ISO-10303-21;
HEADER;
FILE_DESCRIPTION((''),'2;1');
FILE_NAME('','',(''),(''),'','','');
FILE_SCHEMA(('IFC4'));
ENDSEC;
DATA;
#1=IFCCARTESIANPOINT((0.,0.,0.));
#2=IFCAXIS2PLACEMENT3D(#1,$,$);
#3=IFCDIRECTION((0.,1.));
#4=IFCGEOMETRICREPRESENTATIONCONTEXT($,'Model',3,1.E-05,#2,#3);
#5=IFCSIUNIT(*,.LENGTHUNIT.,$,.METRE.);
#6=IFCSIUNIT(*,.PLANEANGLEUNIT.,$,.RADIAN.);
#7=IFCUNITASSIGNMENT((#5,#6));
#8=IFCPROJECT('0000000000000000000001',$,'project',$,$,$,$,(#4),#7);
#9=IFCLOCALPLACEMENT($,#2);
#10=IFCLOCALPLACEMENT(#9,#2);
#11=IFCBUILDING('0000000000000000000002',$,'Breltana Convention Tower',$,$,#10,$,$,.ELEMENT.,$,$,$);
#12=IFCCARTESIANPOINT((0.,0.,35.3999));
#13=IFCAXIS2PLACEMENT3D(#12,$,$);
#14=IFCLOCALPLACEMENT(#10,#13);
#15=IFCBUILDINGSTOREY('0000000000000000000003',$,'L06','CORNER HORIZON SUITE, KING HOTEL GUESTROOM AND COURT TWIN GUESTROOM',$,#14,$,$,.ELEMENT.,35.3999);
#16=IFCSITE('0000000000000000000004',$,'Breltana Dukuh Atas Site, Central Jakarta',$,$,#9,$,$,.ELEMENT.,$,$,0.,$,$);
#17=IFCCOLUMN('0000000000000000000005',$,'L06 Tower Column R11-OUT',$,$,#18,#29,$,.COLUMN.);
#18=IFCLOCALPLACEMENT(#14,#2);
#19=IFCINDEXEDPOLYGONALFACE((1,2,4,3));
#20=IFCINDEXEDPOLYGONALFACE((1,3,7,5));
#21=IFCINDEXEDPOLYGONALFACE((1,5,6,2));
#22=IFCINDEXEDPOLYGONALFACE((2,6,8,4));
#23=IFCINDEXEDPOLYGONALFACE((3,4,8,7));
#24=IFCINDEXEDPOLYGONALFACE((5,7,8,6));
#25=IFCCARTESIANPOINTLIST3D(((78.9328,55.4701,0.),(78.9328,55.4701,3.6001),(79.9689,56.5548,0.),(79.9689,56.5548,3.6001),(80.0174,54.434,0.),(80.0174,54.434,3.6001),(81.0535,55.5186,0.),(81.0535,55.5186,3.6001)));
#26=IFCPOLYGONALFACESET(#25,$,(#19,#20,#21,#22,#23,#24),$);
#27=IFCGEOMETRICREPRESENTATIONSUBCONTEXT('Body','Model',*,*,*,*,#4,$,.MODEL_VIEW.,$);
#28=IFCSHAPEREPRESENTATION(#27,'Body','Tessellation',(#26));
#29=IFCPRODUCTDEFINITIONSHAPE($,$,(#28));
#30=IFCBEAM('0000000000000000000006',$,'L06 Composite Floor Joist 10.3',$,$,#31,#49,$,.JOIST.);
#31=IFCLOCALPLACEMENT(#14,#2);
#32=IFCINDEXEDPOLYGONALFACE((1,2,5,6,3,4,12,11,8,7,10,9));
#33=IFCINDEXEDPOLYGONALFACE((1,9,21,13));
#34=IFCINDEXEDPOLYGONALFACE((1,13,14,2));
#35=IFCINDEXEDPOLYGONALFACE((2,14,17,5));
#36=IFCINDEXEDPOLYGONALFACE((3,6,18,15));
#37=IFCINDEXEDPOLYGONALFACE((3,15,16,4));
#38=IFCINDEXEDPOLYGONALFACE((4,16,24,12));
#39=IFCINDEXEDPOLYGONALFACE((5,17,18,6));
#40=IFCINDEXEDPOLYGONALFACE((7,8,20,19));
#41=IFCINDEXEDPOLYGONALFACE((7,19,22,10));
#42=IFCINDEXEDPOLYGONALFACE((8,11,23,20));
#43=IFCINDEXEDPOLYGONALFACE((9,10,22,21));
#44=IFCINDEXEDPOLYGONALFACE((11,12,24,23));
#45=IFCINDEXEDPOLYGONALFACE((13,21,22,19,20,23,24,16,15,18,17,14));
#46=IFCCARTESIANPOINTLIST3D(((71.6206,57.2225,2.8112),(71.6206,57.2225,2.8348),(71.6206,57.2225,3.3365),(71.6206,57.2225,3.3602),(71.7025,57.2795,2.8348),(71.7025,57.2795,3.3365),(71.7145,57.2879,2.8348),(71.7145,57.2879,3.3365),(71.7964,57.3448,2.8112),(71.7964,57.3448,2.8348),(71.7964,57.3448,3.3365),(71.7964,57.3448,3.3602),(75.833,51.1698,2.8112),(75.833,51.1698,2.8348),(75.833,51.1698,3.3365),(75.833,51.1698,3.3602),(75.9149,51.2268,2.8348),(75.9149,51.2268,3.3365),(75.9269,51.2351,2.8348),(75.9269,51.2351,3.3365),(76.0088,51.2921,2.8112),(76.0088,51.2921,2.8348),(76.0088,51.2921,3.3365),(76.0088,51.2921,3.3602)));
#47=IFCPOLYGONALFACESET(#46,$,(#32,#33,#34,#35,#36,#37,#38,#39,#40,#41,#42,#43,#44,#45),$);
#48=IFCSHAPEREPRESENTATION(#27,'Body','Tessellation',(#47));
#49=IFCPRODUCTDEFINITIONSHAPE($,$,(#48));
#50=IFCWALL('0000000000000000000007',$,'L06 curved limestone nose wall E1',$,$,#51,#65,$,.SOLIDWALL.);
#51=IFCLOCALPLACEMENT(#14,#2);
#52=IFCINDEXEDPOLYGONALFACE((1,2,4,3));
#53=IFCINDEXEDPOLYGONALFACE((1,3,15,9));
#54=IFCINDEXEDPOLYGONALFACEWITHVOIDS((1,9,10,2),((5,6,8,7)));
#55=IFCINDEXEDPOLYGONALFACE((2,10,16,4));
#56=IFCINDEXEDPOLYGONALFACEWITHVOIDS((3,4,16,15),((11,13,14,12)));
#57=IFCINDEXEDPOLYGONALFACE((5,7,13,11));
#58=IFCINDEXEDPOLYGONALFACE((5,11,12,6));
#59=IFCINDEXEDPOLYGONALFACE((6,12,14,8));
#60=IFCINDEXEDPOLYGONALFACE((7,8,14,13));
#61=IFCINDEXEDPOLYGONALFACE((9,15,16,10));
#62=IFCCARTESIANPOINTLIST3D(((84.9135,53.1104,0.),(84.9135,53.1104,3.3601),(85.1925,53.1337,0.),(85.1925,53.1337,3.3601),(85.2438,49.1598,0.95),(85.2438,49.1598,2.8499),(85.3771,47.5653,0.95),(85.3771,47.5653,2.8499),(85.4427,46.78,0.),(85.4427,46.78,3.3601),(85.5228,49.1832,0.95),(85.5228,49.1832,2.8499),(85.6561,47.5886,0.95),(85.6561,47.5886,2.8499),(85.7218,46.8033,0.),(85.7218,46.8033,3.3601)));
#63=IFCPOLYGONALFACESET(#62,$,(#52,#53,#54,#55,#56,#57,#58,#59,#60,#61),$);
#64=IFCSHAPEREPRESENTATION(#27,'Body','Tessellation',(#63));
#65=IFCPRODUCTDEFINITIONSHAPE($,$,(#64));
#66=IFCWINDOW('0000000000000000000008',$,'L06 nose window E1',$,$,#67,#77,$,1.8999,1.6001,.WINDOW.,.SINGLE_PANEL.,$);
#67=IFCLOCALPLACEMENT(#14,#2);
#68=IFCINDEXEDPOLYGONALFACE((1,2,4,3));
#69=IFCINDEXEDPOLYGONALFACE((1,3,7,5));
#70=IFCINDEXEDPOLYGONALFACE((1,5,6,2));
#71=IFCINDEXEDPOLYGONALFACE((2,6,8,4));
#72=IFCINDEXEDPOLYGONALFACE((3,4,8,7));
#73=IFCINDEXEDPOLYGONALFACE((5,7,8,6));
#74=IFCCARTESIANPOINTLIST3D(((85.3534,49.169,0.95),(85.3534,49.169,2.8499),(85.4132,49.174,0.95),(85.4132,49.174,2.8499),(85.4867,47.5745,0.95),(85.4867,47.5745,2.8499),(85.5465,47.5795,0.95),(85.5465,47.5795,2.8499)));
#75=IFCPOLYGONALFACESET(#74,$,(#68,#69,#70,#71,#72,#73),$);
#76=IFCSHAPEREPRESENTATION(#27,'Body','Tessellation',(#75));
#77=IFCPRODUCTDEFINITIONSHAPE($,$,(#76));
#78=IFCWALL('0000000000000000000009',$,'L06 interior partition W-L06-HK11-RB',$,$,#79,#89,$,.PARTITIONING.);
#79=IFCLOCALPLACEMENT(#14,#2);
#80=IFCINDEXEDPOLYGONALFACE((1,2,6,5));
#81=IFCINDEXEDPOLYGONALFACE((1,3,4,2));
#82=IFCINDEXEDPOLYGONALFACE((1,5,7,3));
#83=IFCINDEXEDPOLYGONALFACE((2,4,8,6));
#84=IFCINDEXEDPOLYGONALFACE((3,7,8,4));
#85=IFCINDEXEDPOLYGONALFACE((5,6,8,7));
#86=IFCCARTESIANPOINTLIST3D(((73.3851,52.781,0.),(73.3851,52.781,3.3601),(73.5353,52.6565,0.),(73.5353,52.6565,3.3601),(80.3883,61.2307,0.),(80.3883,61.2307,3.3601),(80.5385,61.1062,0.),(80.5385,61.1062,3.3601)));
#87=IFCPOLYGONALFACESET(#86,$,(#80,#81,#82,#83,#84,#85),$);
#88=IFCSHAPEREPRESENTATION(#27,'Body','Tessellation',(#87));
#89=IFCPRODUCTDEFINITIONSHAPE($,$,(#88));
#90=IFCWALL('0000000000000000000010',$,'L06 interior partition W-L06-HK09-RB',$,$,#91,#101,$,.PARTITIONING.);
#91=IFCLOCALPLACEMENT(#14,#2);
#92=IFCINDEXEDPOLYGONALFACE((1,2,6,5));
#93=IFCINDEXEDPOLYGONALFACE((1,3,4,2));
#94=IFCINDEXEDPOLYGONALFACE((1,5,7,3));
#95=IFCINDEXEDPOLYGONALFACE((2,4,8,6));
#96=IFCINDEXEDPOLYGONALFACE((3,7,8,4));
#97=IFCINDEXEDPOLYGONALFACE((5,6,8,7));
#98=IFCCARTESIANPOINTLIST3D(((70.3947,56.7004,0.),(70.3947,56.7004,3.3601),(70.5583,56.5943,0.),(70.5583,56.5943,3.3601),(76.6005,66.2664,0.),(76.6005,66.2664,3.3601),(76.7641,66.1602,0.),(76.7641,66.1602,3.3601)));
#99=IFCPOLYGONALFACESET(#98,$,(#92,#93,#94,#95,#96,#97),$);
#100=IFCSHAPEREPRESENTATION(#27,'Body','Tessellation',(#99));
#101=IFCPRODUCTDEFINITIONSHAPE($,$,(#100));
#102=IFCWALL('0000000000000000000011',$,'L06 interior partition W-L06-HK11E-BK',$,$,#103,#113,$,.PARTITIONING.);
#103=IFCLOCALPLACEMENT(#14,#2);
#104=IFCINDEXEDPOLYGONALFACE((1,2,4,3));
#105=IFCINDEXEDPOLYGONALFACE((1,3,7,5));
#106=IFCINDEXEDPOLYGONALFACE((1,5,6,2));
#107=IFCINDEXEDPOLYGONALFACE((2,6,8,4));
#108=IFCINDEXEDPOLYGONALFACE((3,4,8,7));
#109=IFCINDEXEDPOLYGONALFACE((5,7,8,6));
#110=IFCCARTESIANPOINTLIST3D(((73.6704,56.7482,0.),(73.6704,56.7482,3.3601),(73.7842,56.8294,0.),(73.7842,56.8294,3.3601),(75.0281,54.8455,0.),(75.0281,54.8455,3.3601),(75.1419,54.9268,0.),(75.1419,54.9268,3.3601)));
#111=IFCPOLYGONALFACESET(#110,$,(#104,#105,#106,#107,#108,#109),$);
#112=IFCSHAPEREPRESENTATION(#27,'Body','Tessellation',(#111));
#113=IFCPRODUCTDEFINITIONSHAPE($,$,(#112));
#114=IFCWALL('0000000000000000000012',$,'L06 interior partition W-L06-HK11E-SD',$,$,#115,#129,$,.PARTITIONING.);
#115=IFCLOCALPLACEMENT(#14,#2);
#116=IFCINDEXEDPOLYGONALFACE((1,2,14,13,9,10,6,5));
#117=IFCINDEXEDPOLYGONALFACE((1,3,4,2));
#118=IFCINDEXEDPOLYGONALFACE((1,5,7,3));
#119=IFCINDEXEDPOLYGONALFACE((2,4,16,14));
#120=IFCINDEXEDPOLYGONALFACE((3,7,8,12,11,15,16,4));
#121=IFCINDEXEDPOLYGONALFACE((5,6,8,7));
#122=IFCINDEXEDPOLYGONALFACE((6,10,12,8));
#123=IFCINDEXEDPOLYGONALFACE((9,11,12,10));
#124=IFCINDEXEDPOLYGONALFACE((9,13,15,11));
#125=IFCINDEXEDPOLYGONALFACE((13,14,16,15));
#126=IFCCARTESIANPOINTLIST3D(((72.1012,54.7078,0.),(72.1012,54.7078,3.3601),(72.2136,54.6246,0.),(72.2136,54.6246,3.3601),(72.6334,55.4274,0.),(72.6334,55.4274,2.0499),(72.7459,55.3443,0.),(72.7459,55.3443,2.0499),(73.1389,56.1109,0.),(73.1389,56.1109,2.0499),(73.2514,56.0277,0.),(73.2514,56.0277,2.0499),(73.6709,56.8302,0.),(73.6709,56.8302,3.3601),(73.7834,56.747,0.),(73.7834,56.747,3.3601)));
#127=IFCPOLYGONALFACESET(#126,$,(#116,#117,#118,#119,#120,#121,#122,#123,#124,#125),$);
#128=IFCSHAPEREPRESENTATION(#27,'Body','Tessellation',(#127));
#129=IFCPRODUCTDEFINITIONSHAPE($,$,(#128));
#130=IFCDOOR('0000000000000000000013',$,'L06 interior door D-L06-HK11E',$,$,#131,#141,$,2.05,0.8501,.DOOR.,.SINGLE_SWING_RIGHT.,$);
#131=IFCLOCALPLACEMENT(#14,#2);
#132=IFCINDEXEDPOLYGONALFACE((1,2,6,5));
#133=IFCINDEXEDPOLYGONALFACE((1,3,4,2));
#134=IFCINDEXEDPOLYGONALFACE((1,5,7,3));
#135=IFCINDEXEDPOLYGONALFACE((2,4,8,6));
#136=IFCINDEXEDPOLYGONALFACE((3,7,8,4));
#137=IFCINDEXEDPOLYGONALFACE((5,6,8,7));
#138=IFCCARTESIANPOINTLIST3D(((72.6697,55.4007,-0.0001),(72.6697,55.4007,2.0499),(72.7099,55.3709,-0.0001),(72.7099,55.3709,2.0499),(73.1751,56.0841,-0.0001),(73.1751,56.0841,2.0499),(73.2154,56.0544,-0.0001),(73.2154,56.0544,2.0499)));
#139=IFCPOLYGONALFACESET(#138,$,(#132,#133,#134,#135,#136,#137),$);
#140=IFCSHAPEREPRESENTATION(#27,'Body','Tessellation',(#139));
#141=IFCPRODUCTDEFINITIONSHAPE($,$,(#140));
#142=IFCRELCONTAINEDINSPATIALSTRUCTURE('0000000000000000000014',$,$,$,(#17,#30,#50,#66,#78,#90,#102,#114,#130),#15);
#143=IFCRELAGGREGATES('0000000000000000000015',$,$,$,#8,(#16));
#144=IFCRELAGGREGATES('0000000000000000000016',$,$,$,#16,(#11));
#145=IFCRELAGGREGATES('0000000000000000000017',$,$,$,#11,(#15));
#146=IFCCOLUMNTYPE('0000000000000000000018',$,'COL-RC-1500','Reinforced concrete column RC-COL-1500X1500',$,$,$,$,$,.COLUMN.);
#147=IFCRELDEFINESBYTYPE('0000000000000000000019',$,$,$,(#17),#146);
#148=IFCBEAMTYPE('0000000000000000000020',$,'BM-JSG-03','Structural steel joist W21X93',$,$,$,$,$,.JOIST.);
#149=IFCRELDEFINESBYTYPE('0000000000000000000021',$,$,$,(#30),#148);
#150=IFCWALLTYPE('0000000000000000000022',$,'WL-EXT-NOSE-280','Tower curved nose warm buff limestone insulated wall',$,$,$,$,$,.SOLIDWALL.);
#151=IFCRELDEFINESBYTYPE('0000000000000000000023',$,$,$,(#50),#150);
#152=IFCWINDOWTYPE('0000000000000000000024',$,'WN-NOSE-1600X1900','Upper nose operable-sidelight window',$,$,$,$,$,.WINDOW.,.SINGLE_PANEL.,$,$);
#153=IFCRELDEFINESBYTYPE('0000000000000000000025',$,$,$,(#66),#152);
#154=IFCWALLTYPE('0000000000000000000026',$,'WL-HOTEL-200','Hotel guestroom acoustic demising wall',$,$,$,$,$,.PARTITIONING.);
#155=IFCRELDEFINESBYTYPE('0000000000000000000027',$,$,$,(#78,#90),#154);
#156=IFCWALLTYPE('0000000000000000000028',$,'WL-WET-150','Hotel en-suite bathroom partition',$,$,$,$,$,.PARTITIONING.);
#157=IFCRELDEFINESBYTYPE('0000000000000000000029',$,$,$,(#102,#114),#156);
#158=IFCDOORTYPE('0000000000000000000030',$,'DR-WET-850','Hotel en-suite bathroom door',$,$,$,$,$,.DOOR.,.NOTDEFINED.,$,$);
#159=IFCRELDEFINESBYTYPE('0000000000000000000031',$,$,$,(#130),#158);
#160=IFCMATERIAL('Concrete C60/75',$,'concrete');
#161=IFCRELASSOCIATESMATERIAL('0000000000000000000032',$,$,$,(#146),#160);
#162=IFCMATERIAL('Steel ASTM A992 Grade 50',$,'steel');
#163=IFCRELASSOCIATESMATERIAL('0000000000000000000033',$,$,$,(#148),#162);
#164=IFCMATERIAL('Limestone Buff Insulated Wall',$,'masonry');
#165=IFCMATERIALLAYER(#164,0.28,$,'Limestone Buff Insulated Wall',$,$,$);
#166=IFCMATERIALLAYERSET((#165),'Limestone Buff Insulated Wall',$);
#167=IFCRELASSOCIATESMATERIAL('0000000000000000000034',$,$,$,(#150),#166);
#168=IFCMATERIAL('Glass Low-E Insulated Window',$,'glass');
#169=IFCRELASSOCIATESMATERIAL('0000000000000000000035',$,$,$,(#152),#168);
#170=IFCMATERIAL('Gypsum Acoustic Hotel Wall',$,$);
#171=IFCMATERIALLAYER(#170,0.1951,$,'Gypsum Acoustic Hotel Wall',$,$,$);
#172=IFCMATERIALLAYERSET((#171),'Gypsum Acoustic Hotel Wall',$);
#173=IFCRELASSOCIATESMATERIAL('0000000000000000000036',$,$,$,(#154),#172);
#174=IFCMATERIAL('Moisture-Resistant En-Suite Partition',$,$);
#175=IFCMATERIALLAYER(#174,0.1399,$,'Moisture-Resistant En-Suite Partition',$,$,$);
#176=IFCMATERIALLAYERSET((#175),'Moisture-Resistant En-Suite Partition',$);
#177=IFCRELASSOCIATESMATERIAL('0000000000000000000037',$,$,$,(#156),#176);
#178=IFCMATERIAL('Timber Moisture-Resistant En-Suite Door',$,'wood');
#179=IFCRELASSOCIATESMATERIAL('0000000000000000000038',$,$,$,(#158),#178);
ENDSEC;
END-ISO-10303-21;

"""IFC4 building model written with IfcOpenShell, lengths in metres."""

from ifc_helpers import new_model, si_unit, direction, frame, frame_2d, origin, origin_2d, place, context, subcontext, project, spatial, rectangle, i_section, extrude, source, transform, mapped, material, layer, layer_set, material_profile, profile_set, type_object, type_shapes, element, fill, save


model = new_model("IFC4")

# Units and contexts
model_context = context("Model", 3, precision=1e-05, world=origin(), true_north=direction((0.0, 1.0)))
body_context = subcontext(model_context, "Body", "Model", "MODEL_VIEW")
ifc_project = project(units=[si_unit("LENGTHUNIT", "METRE"), si_unit("PLANEANGLEUNIT", "RADIAN")], contexts=[model_context])

# Site, building, storey
site_placement = place(None, origin())
site = spatial("IfcSite", under=ifc_project, at=site_placement, Name="Breltana Dukuh Atas Site, Central Jakarta", CompositionType="ELEMENT", RefElevation=0.0)
building_placement = place(site_placement, origin())
building = spatial("IfcBuilding", under=site, at=building_placement, Name="Breltana Convention Tower", CompositionType="ELEMENT")
storey_placement = place(building_placement, frame((0.0, 0.0, 35.3999)))
storey = spatial("IfcBuildingStorey", under=building, at=storey_placement, Name="L06", Description="CORNER HORIZON SUITE, KING HOTEL GUESTROOM AND COURT TWIN GUESTROOM", CompositionType="ELEMENT", Elevation=35.3999)

# Column
ifc_material_1 = material(Name="Concrete C60/75", Category="concrete")
ifc_material_profile_1 = material_profile(ifc_material_1, rectangle(XDim=1.5, YDim=1.5, at=origin_2d()), Name="RC-COL-1500X1500")
ifc_profile_set_1 = profile_set([ifc_material_profile_1], Name="Concrete C60/75")
column_type = type_object("IfcColumnType", Name="COL-RC-1500", Description="Reinforced concrete column RC-COL-1500X1500", PredefinedType="COLUMN", material=ifc_profile_set_1)
shared_shape_1 = source(origin(), body_context, "Body", "SweptSolid", [
    extrude(rectangle(XDim=1.5, YDim=1.5, at=origin_2d()), origin(), (0.0, 0.0, 1.0), 3.6001),
])
column_placement = place(storey_placement, frame((79.9932, 55.4944, 0.0), z_axis=(0.0, 0.0, 1.0), x_axis=(0.690756, 0.723088, 0.0)))
element("IfcColumn", 1, at=column_placement, inside=storey, type_object=column_type, Name="L06 Tower Column R11-OUT", PredefinedType="COLUMN", context=body_context, shape_type="MappedRepresentation", body=[
    mapped(shared_shape_1, transform((0.0, 0.0, 0.0), scale=1.0)),
])

# Beam
ifc_material_2 = material(Name="Steel ASTM A992 Grade 50", Category="steel")
ifc_material_profile_2 = material_profile(ifc_material_2, i_section(OverallWidth=0.2141, OverallDepth=0.5491, WebThickness=0.0146, FlangeThickness=0.0237, at=origin_2d()), Name="W21X93")
ifc_profile_set_2 = profile_set([ifc_material_profile_2], Name="Steel ASTM A992 Grade 50")
beam_type = type_object("IfcBeamType", Name="BM-JSG-03", Description="Structural steel joist W21X93", PredefinedType="JOIST", material=ifc_profile_set_2)
shared_shape_2 = source(origin(), body_context, "Body", "SweptSolid", [
    extrude(i_section(OverallWidth=0.2141, OverallDepth=0.5491, WebThickness=0.0146, FlangeThickness=0.0237, at=origin_2d()), origin(), (0.0, 0.0, 1.0), 7.3743),
])
beam_placement = place(storey_placement, frame((71.7085, 57.2837, 3.0857), z_axis=(0.571229, -0.82079, 0.0), x_axis=(0.82079, 0.571229, 0.0)))
element("IfcBeam", 2, at=beam_placement, inside=storey, type_object=beam_type, Name="L06 Composite Floor Joist 10.3", PredefinedType="JOIST", context=body_context, shape_type="MappedRepresentation", body=[
    mapped(shared_shape_2, transform((0.0, 0.0, 0.0), scale=1.0)),
])

# Wall, opening, window
ifc_material_3 = material(Name="Limestone Buff Insulated Wall", Category="masonry")
ifc_layer_1 = layer(ifc_material_3, 0.28, Name="Limestone Buff Insulated Wall")
ifc_layer_set_1 = layer_set([ifc_layer_1], Name="Limestone Buff Insulated Wall")
wall_type_1 = type_object("IfcWallType", Name="WL-EXT-NOSE-280", Description="Tower curved nose warm buff limestone insulated wall", PredefinedType="SOLIDWALL", material=ifc_layer_set_1)
shared_shape_3 = source(origin(), body_context, "Body", "SweptSolid", [
    extrude(rectangle(XDim=6.3525, YDim=0.28, at=frame_2d((3.1763, 0.0))), origin(), (0.0, 0.0, 1.0), 3.3601),
])
wall_1_placement = place(storey_placement, frame((85.053, 53.1221, 0.0), z_axis=(0.0, 0.0, 1.0), x_axis=(0.083319, -0.996523, 0.0)))
wall_1 = element("IfcWall", 3, at=wall_1_placement, inside=storey, type_object=wall_type_1, Name="L06 curved limestone nose wall E1", PredefinedType="SOLIDWALL", context=body_context, shape_type="MappedRepresentation", body=[
    mapped(shared_shape_3, transform((0.0, 0.0, 0.0), scale=1.0)),
])
opening_1_placement = place(wall_1_placement, frame((3.9644, 0.0, 0.95)))
opening_1 = element("IfcOpeningElement", 4, at=opening_1_placement, cuts=wall_1, PredefinedType="OPENING", context=body_context, shape_type="SweptSolid", body=[
    extrude(rectangle(XDim=1.6001, YDim=1.8999, at=frame_2d((0.8, 0.95))), frame((0.0, 0.1499, 0.0), z_axis=(0.0, -1.0, 0.0), x_axis=(1.0, 0.0, 0.0)), (0.0, 0.0, 1.0), 0.3),
])
ifc_material_4 = material(Name="Glass Low-E Insulated Window", Category="glass")
window_type = type_object("IfcWindowType", Name="WN-NOSE-1600X1900", Description="Upper nose operable-sidelight window", PartitioningType="SINGLE_PANEL", PredefinedType="WINDOW", material=ifc_material_4)
shared_shape_4 = source(origin(), body_context, "Body", "SweptSolid", [
    extrude(rectangle(XDim=1.6001, YDim=1.8999, at=frame_2d((0.8, 0.95))), frame((0.0, 0.03, 0.0), z_axis=(0.0, -1.0, 0.0), x_axis=(1.0, 0.0, 0.0)), (0.0, 0.0, 1.0), 0.0601),
])
type_shapes(window_type, [shared_shape_4])
window_placement = place(opening_1_placement, origin())
window = element("IfcWindow", 5, at=window_placement, inside=storey, type_object=window_type, Name="L06 nose window E1", OverallHeight=1.8999, OverallWidth=1.6001, PartitioningType="SINGLE_PANEL", PredefinedType="WINDOW", context=body_context, shape_type="MappedRepresentation", body=[
    mapped(shared_shape_4, transform((0.0, 0.0, 0.0), scale=1.0)),
])
fill(opening_1, window)

# Walls
ifc_material_5 = material(Name="Gypsum Acoustic Hotel Wall")
ifc_layer_2 = layer(ifc_material_5, 0.1951, Name="Gypsum Acoustic Hotel Wall")
ifc_layer_set_2 = layer_set([ifc_layer_2], Name="Gypsum Acoustic Hotel Wall")
wall_type_2 = type_object("IfcWallType", Name="WL-HOTEL-200", Description="Hotel guestroom acoustic demising wall", PredefinedType="PARTITIONING", material=ifc_layer_set_2)
shared_shape_5 = source(origin(), body_context, "Body", "SweptSolid", [
    extrude(rectangle(XDim=10.9746, YDim=0.1951, at=frame_2d((5.4873, 0.0))), origin(), (0.0, 0.0, 1.0), 3.3601),
])
wall_2_placement = place(storey_placement, frame((73.4602, 52.7188, 0.0), z_axis=(0.0, 0.0, 1.0), x_axis=(0.638125, 0.769933, 0.0)))
element("IfcWall", 6, at=wall_2_placement, inside=storey, type_object=wall_type_2, Name="L06 interior partition W-L06-HK11-RB", PredefinedType="PARTITIONING", context=body_context, shape_type="MappedRepresentation", body=[
    mapped(shared_shape_5, transform((0.0, 0.0, 0.0), scale=1.0)),
])
shared_shape_6 = source(origin(), body_context, "Body", "SweptSolid", [
    extrude(rectangle(XDim=11.4026, YDim=0.1951, at=frame_2d((5.7012, 0.0))), origin(), (0.0, 0.0, 1.0), 3.3601),
])
wall_3_placement = place(storey_placement, frame((70.4766, 56.6475, 0.0), z_axis=(0.0, 0.0, 1.0), x_axis=(0.544246, 0.838926, 0.0)))
element("IfcWall", 7, at=wall_3_placement, inside=storey, type_object=wall_type_2, Name="L06 interior partition W-L06-HK09-RB", PredefinedType="PARTITIONING", context=body_context, shape_type="MappedRepresentation", body=[
    mapped(shared_shape_6, transform((0.0, 0.0, 0.0), scale=1.0)),
])
ifc_material_6 = material(Name="Moisture-Resistant En-Suite Partition")
ifc_layer_3 = layer(ifc_material_6, 0.1399, Name="Moisture-Resistant En-Suite Partition")
ifc_layer_set_3 = layer_set([ifc_layer_3], Name="Moisture-Resistant En-Suite Partition")
wall_type_3 = type_object("IfcWallType", Name="WL-WET-150", Description="Hotel en-suite bathroom partition", PredefinedType="PARTITIONING", material=ifc_layer_set_3)
shared_shape_7 = source(origin(), body_context, "Body", "SweptSolid", [
    extrude(rectangle(XDim=2.3374, YDim=0.1399, at=frame_2d((1.1687, 0.0))), origin(), (0.0, 0.0, 1.0), 3.3601),
])
wall_4_placement = place(storey_placement, frame((73.7273, 56.7888, 0.0), z_axis=(0.0, 0.0, 1.0), x_axis=(0.580863, -0.814002, 0.0)))
element("IfcWall", 8, at=wall_4_placement, inside=storey, type_object=wall_type_3, Name="L06 interior partition W-L06-HK11E-BK", PredefinedType="PARTITIONING", context=body_context, shape_type="MappedRepresentation", body=[
    mapped(shared_shape_7, transform((0.0, 0.0, 0.0), scale=1.0)),
])

# Wall, opening, door
shared_shape_8 = source(origin(), body_context, "Body", "SweptSolid", [
    extrude(rectangle(XDim=2.6399, YDim=0.1399, at=frame_2d((1.3198, 0.0))), origin(), (0.0, 0.0, 1.0), 3.3601),
])
wall_5_placement = place(storey_placement, frame((72.1575, 54.6663, 0.0), z_axis=(0.0, 0.0, 1.0), x_axis=(0.59463, 0.803999, 0.0)))
wall_5 = element("IfcWall", 9, at=wall_5_placement, inside=storey, type_object=wall_type_3, Name="L06 interior partition W-L06-HK11E-SD", PredefinedType="PARTITIONING", context=body_context, shape_type="MappedRepresentation", body=[
    mapped(shared_shape_8, transform((0.0, 0.0, 0.0), scale=1.0)),
])
opening_2_placement = place(wall_5_placement, frame((0.895, 0.0, 0.0)))
opening_2 = element("IfcOpeningElement", 10, at=opening_2_placement, cuts=wall_5, PredefinedType="OPENING", context=body_context, shape_type="SweptSolid", body=[
    extrude(rectangle(XDim=0.8501, YDim=2.05, at=frame_2d((0.425, 1.0249))), frame((0.0, 0.0801, 0.0), z_axis=(0.0, -1.0, 0.0), x_axis=(1.0, 0.0, 0.0)), (0.0, 0.0, 1.0), 0.1599),
])
ifc_material_7 = material(Name="Timber Moisture-Resistant En-Suite Door", Category="wood")
door_type_1 = type_object("IfcDoorType", Name="DR-WET-850", Description="Hotel en-suite bathroom door", OperationType="NOTDEFINED", PredefinedType="DOOR", material=ifc_material_7)
shared_shape_9 = source(origin(), body_context, "Body", "SweptSolid", [
    extrude(rectangle(XDim=0.8501, YDim=2.05, at=frame_2d((0.425, 1.0249))), frame((0.0, 0.0249, 0.0), z_axis=(0.0, -1.0, 0.0), x_axis=(1.0, 0.0, 0.0)), (0.0, 0.0, 1.0), 0.05),
])
type_shapes(door_type_1, [shared_shape_9])
door_1_placement = place(opening_2_placement, origin())
door_1 = element("IfcDoor", 11, at=door_1_placement, inside=storey, type_object=door_type_1, Name="L06 interior door D-L06-HK11E", OperationType="SINGLE_SWING_RIGHT", OverallHeight=2.05, OverallWidth=0.8501, PredefinedType="DOOR", context=body_context, shape_type="MappedRepresentation", body=[
    mapped(shared_shape_9, transform((0.0, 0.0, 0.0), scale=1.0)),
])
fill(opening_2, door_1)

save(model, "model.ifc")
